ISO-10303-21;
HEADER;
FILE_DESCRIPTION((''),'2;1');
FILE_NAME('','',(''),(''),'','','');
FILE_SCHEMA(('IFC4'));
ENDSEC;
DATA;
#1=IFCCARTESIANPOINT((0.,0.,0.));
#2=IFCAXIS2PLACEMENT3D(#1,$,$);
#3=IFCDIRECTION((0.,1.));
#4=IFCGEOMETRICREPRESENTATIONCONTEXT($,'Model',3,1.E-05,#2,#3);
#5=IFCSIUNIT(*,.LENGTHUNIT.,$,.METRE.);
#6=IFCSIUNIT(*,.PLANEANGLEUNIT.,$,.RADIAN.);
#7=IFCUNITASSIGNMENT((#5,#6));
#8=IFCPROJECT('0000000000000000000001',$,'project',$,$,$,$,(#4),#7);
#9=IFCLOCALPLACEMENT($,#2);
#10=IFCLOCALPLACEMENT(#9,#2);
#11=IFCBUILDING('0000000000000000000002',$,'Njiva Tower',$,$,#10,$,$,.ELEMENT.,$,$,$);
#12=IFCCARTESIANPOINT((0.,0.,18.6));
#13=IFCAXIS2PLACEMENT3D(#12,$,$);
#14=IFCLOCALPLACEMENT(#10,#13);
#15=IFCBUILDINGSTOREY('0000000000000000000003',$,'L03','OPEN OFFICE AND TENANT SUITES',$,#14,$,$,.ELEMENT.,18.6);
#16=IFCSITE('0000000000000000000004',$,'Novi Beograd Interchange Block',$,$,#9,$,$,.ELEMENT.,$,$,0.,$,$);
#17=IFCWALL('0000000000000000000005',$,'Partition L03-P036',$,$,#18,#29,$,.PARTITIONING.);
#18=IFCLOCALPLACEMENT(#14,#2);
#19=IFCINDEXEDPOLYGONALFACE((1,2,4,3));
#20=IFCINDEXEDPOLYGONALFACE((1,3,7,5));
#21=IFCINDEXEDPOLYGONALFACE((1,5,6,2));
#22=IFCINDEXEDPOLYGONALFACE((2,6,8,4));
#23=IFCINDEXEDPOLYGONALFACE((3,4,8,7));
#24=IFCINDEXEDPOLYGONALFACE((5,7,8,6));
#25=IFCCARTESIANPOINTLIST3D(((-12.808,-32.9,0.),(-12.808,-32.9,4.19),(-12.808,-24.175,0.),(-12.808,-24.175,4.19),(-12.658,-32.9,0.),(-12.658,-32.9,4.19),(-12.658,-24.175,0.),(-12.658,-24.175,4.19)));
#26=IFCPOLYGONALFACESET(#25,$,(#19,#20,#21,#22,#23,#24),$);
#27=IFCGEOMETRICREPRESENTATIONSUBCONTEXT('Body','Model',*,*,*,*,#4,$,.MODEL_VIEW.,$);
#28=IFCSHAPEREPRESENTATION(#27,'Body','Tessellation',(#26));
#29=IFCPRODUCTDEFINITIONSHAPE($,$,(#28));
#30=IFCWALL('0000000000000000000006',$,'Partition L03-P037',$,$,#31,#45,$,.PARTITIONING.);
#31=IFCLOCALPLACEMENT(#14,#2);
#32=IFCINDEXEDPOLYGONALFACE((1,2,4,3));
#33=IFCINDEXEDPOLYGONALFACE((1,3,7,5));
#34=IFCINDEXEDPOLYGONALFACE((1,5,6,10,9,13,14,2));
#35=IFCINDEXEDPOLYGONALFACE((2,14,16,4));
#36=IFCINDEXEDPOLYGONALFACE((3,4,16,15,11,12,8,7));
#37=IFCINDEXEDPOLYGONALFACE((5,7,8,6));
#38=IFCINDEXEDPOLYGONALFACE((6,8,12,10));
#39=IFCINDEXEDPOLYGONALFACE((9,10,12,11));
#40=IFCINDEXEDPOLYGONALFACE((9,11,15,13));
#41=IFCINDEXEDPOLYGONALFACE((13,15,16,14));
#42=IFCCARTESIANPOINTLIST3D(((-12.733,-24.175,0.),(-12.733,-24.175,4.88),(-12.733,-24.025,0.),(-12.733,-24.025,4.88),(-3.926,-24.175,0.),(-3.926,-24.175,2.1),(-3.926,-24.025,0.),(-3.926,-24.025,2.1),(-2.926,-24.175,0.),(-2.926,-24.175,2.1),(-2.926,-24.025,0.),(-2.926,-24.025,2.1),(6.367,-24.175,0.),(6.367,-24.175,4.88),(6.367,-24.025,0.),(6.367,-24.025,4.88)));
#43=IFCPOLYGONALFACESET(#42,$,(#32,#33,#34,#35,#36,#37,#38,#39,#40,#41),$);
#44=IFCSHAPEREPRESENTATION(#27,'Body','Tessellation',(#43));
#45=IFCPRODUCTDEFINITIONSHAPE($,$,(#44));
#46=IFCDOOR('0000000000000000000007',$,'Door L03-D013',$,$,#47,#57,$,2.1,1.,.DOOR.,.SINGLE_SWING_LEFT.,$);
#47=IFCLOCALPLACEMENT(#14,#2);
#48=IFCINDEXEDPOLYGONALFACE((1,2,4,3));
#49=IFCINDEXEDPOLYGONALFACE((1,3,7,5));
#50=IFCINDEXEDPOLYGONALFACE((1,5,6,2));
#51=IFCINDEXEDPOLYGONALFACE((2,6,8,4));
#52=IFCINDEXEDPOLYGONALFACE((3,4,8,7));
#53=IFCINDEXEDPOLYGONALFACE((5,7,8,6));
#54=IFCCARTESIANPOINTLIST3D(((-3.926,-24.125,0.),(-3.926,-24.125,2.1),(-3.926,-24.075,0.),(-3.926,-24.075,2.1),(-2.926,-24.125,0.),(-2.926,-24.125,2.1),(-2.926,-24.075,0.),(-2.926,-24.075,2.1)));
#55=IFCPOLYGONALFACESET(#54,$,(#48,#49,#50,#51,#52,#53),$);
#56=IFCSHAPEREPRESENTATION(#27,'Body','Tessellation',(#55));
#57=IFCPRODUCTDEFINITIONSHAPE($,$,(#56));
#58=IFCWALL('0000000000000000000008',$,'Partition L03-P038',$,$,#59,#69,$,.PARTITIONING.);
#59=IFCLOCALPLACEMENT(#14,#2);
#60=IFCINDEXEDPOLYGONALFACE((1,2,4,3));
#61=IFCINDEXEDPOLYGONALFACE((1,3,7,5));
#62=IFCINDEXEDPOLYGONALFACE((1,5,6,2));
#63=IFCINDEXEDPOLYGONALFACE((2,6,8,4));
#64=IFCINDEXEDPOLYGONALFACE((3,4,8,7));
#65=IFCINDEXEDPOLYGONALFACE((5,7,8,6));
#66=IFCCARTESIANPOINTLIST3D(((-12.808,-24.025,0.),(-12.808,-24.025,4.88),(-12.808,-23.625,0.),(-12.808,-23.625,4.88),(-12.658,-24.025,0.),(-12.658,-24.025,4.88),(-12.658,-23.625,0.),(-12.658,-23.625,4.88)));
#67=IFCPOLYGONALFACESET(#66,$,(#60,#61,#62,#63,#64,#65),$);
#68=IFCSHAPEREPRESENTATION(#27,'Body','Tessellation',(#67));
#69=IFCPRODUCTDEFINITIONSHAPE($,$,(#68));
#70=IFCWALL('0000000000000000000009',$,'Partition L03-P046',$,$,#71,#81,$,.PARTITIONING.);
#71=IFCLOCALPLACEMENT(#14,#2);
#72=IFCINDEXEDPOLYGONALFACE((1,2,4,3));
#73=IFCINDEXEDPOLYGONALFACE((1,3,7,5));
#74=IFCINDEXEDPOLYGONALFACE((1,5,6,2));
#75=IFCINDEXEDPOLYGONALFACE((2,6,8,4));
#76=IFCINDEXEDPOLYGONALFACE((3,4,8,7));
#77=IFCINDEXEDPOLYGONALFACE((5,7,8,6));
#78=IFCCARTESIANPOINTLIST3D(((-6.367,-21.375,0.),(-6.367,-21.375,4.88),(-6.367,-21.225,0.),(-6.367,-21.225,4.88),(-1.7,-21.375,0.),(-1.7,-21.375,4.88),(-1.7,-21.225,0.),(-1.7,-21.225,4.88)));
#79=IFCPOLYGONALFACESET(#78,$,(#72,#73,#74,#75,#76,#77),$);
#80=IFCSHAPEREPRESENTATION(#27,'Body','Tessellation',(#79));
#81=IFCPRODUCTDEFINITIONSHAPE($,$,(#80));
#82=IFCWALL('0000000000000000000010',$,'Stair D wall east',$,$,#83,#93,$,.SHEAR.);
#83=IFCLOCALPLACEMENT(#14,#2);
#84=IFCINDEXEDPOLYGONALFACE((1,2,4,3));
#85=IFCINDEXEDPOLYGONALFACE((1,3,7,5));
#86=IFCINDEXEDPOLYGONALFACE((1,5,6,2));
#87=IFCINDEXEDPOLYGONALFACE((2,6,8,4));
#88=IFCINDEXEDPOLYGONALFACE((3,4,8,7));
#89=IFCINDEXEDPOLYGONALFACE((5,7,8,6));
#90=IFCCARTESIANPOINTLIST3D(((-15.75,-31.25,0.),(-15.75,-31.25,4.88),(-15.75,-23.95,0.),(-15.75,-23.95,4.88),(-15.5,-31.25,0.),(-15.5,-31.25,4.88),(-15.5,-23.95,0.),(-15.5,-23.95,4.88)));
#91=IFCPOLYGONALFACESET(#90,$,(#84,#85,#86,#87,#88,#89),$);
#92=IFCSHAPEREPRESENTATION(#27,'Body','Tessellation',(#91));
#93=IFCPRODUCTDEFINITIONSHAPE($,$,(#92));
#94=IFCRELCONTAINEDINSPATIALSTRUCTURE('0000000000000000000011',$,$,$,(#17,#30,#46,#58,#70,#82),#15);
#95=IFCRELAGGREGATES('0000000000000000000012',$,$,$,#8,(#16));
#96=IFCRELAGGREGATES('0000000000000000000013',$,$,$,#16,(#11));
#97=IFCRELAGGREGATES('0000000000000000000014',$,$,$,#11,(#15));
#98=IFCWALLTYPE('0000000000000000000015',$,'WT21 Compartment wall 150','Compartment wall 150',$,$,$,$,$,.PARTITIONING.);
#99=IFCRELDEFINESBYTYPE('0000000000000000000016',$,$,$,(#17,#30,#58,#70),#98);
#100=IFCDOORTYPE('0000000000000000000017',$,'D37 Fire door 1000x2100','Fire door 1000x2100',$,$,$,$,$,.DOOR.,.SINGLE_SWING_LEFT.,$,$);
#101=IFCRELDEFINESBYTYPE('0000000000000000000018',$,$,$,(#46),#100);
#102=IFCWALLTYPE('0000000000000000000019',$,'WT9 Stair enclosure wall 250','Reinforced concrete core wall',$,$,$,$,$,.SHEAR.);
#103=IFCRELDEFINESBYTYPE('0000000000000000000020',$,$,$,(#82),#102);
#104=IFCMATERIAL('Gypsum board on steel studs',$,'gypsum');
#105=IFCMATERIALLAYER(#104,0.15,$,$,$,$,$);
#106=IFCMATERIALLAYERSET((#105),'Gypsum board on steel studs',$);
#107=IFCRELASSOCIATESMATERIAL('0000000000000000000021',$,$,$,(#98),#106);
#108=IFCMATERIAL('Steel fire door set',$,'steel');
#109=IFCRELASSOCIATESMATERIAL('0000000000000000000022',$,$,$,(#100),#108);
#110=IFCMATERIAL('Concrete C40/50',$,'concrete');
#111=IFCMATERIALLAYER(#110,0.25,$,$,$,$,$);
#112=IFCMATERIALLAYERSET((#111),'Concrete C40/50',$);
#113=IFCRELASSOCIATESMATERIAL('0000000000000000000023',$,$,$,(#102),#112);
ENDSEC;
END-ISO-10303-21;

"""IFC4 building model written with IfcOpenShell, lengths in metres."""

from ifc_helpers import new_model, si_unit, direction, frame, frame_2d, origin, place, context, subcontext, project, spatial, rectangle, extrude, material, layer, layer_set, type_object, element, fill, save


model = new_model("IFC4")

# Units and contexts
model_context = context("Model", 3, precision=1e-05, world=origin(), true_north=direction((0.0, 1.0)))
body_context = subcontext(model_context, "Body", "Model", "MODEL_VIEW")
ifc_project = project(units=[si_unit("LENGTHUNIT", "METRE"), si_unit("PLANEANGLEUNIT", "RADIAN")], contexts=[model_context])

# Site, building, storey
site_placement = place(None, origin())
site = spatial("IfcSite", under=ifc_project, at=site_placement, Name="Novi Beograd Interchange Block", CompositionType="ELEMENT", RefElevation=0.0)
building_placement = place(site_placement, origin())
building = spatial("IfcBuilding", under=site, at=building_placement, Name="Njiva Tower", CompositionType="ELEMENT")
storey_placement = place(building_placement, frame((0.0, 0.0, 18.6)))
storey = spatial("IfcBuildingStorey", under=building, at=storey_placement, Name="L03", Description="OPEN OFFICE AND TENANT SUITES", CompositionType="ELEMENT", Elevation=18.6)

# Shared definitions
ifc_material_1 = material(Name="Gypsum board on steel studs", Category="gypsum")
ifc_layer_1 = layer(ifc_material_1, 0.15)
ifc_layer_set_1 = layer_set([ifc_layer_1], Name="Gypsum board on steel studs")
wall_type_1 = type_object("IfcWallType", Name="WT21 Compartment wall 150", Description="Compartment wall 150", PredefinedType="PARTITIONING", material=ifc_layer_set_1)

# Shared definitions
ifc_material_2 = material(Name="Steel fire door set", Category="steel")
door_type_1 = type_object("IfcDoorType", Name="D37 Fire door 1000x2100", Description="Fire door 1000x2100", OperationType="SINGLE_SWING_LEFT", PredefinedType="DOOR", material=ifc_material_2)

# Wall
wall_1_placement = place(storey_placement, frame((-12.733, -32.9, 0.0), z_axis=(0.0, 0.0, 1.0), x_axis=(0.0, 1.0, 0.0)))
element("IfcWall", 1, at=wall_1_placement, inside=storey, type_object=wall_type_1, Name="Partition L03-P036", PredefinedType="PARTITIONING", context=body_context, shape_type="SweptSolid", body=[
    extrude(rectangle(XDim=8.725, YDim=0.15, at=frame_2d((4.3625, 0.0))), origin(), (0.0, 0.0, 1.0), 4.19),
])

# Wall, opening, door
wall_2_placement = place(storey_placement, frame((-12.733, -24.1, 0.0), z_axis=(0.0, 0.0, 1.0), x_axis=(1.0, 0.0, 0.0)))
wall_2 = element("IfcWall", 2, at=wall_2_placement, inside=storey, type_object=wall_type_1, Name="Partition L03-P037", PredefinedType="PARTITIONING", context=body_context, shape_type="SweptSolid", body=[
    extrude(rectangle(XDim=19.1, YDim=0.15, at=frame_2d((9.55, 0.0))), origin(), (0.0, 0.0, 1.0), 4.88),
])
opening_1_placement = place(wall_2_placement, frame((8.807, 0.0, 0.0)))
opening_1 = element("IfcOpeningElement", 3, at=opening_1_placement, cuts=wall_2, PredefinedType="OPENING", context=body_context, shape_type="SweptSolid", body=[
    extrude(rectangle(XDim=1.0, YDim=2.1, at=frame_2d((0.5, 1.05))), frame((0.0, 0.085, 0.0), z_axis=(0.0, -1.0, 0.0), x_axis=(1.0, 0.0, 0.0)), (0.0, 0.0, 1.0), 0.17),
])
door_1_placement = place(opening_1_placement, origin())
door_1 = element("IfcDoor", 4, at=door_1_placement, inside=storey, type_object=door_type_1, Name="Door L03-D013", OperationType="SINGLE_SWING_LEFT", OverallHeight=2.1, OverallWidth=1.0, PredefinedType="DOOR", context=body_context, shape_type="SweptSolid", body=[
    extrude(rectangle(XDim=1.0, YDim=2.1, at=frame_2d((0.5, 1.05))), frame((0.0, 0.025, 0.0), z_axis=(0.0, -1.0, 0.0), x_axis=(1.0, 0.0, 0.0)), (0.0, 0.0, 1.0), 0.05),
])
fill(opening_1, door_1)

# Walls
wall_3_placement = place(storey_placement, frame((-12.733, -24.025, 0.0), z_axis=(0.0, 0.0, 1.0), x_axis=(0.0, 1.0, 0.0)))
element("IfcWall", 5, at=wall_3_placement, inside=storey, type_object=wall_type_1, Name="Partition L03-P038", PredefinedType="PARTITIONING", context=body_context, shape_type="SweptSolid", body=[
    extrude(rectangle(XDim=0.4, YDim=0.15, at=frame_2d((0.2, 0.0))), origin(), (0.0, 0.0, 1.0), 4.88),
])
wall_4_placement = place(storey_placement, frame((-6.367, -21.3, 0.0), z_axis=(0.0, 0.0, 1.0), x_axis=(1.0, 0.0, 0.0)))
element("IfcWall", 6, at=wall_4_placement, inside=storey, type_object=wall_type_1, Name="Partition L03-P046", PredefinedType="PARTITIONING", context=body_context, shape_type="SweptSolid", body=[
    extrude(rectangle(XDim=4.667, YDim=0.15, at=frame_2d((2.3335, 0.0))), origin(), (0.0, 0.0, 1.0), 4.88),
])
ifc_material_3 = material(Name="Concrete C40/50", Category="concrete")
ifc_layer_2 = layer(ifc_material_3, 0.25)
ifc_layer_set_2 = layer_set([ifc_layer_2], Name="Concrete C40/50")
wall_type_2 = type_object("IfcWallType", Name="WT9 Stair enclosure wall 250", Description="Reinforced concrete core wall", PredefinedType="SHEAR", material=ifc_layer_set_2)
wall_5_placement = place(storey_placement, frame((-15.625, -31.25, 0.0), z_axis=(0.0, 0.0, 1.0), x_axis=(0.0, 1.0, 0.0)))
element("IfcWall", 7, at=wall_5_placement, inside=storey, type_object=wall_type_2, Name="Stair D wall east", PredefinedType="SHEAR", context=body_context, shape_type="SweptSolid", body=[
    extrude(rectangle(XDim=7.3, YDim=0.25, at=frame_2d((3.65, 0.0))), origin(), (0.0, 0.0, 1.0), 4.88),
])

save(model, "model.ifc")
